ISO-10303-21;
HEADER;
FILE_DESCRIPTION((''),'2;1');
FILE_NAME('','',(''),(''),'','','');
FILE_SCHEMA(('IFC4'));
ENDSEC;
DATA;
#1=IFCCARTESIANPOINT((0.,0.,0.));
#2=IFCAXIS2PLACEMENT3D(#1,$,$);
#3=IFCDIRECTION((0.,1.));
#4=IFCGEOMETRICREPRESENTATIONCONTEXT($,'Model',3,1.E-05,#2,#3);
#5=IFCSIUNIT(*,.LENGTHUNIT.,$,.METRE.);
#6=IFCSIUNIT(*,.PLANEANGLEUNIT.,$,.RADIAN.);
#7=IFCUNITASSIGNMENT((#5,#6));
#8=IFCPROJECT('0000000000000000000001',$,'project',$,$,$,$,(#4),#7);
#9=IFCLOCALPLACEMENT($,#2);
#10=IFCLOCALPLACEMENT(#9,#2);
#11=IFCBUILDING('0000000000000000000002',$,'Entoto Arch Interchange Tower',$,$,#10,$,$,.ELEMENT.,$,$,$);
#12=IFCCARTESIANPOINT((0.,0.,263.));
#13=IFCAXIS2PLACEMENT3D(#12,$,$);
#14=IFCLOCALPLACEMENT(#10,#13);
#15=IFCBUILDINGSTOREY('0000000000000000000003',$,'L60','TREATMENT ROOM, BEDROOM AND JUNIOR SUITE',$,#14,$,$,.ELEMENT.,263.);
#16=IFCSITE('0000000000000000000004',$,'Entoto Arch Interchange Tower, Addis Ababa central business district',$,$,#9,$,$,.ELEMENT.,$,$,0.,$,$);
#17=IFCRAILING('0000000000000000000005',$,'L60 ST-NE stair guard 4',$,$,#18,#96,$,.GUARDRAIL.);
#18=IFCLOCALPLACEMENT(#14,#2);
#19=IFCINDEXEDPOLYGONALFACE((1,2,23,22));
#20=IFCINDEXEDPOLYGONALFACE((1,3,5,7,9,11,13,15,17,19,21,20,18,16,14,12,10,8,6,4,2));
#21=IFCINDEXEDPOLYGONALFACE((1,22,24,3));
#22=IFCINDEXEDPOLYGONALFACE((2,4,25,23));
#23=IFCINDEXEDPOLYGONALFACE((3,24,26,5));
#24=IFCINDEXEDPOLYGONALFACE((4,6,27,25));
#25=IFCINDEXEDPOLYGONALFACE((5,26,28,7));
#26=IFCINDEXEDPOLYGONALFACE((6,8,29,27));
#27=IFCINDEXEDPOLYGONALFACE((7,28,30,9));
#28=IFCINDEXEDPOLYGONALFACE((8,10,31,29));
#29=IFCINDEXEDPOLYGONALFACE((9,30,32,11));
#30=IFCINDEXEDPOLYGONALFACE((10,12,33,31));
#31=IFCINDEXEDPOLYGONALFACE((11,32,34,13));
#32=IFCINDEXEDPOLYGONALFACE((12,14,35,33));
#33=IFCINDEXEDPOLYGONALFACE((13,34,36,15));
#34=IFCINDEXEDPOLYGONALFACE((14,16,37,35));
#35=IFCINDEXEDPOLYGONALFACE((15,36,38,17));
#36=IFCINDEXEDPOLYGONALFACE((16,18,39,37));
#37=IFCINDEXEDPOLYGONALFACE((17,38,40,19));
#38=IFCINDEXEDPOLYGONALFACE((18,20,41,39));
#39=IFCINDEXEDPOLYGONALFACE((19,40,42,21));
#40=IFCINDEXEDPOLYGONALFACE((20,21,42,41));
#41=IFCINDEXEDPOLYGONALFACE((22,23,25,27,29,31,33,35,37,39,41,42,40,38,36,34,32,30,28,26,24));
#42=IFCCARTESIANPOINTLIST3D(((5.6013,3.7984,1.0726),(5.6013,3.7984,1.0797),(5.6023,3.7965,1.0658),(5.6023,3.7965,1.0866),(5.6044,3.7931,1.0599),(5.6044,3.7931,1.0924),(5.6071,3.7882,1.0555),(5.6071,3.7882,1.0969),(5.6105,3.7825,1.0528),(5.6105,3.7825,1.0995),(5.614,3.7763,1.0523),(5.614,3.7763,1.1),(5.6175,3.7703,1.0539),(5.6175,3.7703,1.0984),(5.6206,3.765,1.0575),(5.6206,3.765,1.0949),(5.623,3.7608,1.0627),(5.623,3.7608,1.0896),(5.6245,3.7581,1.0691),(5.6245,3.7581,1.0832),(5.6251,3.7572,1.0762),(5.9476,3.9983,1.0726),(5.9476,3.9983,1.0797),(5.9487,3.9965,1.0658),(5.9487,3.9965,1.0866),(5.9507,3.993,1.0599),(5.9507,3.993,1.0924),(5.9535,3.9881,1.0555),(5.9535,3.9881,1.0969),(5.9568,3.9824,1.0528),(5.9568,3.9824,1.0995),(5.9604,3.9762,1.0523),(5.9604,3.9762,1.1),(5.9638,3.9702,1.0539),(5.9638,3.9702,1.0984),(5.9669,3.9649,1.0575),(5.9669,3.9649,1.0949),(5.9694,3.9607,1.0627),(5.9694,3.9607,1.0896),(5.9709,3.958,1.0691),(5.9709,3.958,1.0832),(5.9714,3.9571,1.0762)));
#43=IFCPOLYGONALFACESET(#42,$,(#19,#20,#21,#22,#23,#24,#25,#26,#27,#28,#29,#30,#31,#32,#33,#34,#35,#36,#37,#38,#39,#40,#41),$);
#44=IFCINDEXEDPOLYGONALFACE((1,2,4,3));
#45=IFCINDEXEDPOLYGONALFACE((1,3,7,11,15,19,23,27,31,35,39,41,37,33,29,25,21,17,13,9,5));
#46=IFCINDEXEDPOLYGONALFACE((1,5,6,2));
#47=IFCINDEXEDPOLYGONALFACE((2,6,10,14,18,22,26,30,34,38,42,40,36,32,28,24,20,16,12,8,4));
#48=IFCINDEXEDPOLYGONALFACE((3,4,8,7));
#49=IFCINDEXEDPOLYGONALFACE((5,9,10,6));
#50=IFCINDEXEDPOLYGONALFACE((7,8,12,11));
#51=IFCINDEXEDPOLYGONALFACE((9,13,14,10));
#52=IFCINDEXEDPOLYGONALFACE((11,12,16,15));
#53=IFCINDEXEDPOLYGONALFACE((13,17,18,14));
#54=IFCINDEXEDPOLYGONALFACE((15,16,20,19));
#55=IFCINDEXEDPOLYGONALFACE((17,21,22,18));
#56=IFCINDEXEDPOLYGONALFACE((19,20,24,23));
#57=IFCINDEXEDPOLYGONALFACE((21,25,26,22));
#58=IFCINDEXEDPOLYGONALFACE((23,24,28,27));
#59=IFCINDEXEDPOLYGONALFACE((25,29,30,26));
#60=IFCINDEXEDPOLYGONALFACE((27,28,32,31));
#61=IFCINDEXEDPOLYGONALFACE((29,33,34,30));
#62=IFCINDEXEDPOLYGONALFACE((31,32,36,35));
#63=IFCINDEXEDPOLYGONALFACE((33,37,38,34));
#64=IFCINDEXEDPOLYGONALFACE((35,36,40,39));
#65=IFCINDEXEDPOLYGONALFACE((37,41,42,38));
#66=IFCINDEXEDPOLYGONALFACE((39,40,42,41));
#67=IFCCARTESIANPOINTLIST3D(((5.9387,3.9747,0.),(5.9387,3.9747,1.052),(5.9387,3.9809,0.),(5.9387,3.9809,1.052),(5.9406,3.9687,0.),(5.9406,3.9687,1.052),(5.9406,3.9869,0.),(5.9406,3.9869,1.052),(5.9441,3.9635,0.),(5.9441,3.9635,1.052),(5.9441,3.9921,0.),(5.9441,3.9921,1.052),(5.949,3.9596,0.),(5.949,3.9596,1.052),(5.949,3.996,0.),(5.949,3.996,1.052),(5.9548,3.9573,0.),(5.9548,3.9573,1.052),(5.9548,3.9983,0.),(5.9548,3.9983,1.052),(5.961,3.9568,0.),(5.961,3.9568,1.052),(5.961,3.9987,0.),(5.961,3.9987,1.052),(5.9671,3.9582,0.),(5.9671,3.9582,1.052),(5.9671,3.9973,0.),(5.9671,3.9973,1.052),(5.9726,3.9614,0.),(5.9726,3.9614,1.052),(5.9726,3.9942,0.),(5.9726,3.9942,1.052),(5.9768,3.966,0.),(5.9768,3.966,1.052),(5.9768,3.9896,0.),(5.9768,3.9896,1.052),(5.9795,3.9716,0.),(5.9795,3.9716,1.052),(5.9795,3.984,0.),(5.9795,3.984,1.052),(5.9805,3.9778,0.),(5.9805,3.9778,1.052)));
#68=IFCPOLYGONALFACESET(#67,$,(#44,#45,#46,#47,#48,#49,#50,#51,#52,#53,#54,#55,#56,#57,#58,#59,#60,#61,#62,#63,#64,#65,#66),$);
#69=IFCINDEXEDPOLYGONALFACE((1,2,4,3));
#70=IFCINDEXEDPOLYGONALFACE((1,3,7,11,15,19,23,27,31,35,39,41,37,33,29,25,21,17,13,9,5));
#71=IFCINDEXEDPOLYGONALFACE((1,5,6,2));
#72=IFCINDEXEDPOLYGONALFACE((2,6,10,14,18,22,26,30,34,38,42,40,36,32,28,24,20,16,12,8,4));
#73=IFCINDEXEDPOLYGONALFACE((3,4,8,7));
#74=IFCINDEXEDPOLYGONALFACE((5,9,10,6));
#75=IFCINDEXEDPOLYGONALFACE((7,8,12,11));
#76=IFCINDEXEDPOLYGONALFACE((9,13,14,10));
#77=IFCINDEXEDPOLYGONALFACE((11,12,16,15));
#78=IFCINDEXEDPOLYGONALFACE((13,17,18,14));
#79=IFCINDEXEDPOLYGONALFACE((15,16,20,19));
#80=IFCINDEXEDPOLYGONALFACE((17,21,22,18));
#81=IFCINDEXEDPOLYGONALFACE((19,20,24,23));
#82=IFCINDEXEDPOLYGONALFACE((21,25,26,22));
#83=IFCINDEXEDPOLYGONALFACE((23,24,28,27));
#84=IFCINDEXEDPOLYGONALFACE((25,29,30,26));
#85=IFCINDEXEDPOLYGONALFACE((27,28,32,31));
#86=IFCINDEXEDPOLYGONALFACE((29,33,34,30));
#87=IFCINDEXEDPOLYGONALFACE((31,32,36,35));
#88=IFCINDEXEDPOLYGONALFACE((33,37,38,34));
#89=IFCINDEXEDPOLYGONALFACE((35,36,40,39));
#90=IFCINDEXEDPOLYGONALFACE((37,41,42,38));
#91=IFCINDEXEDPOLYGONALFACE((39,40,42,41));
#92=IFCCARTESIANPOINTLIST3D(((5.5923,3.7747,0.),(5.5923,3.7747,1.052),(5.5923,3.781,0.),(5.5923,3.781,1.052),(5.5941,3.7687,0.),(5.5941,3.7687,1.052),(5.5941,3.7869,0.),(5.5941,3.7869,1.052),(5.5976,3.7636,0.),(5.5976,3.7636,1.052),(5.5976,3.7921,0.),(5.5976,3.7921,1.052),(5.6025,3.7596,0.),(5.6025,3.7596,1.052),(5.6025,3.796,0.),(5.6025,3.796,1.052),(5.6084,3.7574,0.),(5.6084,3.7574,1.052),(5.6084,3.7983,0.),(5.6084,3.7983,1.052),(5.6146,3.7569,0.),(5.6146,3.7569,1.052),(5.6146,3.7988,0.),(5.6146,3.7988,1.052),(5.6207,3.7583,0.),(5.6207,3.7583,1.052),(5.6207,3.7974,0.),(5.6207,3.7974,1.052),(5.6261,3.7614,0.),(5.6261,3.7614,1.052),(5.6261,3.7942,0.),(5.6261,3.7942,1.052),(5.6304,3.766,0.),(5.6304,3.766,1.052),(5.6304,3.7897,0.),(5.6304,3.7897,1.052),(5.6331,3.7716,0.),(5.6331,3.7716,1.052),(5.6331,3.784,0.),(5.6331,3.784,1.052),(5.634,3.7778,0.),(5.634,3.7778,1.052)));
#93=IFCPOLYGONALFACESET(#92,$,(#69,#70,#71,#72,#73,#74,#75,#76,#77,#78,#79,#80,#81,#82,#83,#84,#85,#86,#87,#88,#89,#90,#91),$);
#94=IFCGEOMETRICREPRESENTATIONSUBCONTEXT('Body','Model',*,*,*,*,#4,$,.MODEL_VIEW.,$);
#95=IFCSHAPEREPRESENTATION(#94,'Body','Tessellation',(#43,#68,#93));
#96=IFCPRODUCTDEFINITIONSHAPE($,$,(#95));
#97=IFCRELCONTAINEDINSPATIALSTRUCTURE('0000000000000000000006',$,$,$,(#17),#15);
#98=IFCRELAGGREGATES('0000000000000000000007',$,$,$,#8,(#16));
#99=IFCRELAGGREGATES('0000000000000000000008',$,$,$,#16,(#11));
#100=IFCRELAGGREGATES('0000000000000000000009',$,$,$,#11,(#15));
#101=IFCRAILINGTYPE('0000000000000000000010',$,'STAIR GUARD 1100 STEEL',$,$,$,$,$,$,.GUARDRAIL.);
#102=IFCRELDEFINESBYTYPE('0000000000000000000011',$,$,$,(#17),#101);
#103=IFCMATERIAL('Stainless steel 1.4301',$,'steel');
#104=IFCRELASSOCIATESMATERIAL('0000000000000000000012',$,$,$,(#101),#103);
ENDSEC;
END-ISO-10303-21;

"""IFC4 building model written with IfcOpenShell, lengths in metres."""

from ifc_helpers import new_model, si_unit, direction, frame, origin, origin_2d, place, context, subcontext, project, spatial, circle, extrude, material, type_object, element, save


model = new_model("IFC4")

# Units and contexts
model_context = context("Model", 3, precision=1e-05, world=origin(), true_north=direction((0.0, 1.0)))
body_context = subcontext(model_context, "Body", "Model", "MODEL_VIEW")
ifc_project = project(units=[si_unit("LENGTHUNIT", "METRE"), si_unit("PLANEANGLEUNIT", "RADIAN")], contexts=[model_context])

# Site, building, storey
site_placement = place(None, origin())
site = spatial("IfcSite", under=ifc_project, at=site_placement, Name="Entoto Arch Interchange Tower, Addis Ababa central business district", CompositionType="ELEMENT", RefElevation=0.0)
building_placement = place(site_placement, origin())
building = spatial("IfcBuilding", under=site, at=building_placement, Name="Entoto Arch Interchange Tower", CompositionType="ELEMENT")
storey_placement = place(building_placement, frame((0.0, 0.0, 263.0)))
storey = spatial("IfcBuildingStorey", under=building, at=storey_placement, Name="L60", Description="TREATMENT ROOM, BEDROOM AND JUNIOR SUITE", CompositionType="ELEMENT", Elevation=263.0)

# Railing
ifc_material_1 = material(Name="Stainless steel 1.4301", Category="steel")
railing_type_1 = type_object("IfcRailingType", Name="STAIR GUARD 1100 STEEL", PredefinedType="GUARDRAIL", material=ifc_material_1)
railing_1_placement = place(storey_placement, frame((5.9595, 3.9778, 0.0)))
element("IfcRailing", 1, at=railing_1_placement, inside=storey, type_object=railing_type_1, Name="L60 ST-NE stair guard 4", PredefinedType="GUARDRAIL", context=body_context, shape_type="SweptSolid", body=[
    extrude(circle(Radius=0.0239, at=origin_2d()), frame((0.0, 0.0, 1.0762), z_axis=(-0.866094, -0.499881, 0.0), x_axis=(0.499881, -0.866094, 0.0)), (0.0, 0.0, 1.0), 0.3999),
    extrude(circle(Radius=0.021, at=origin_2d()), origin(), (0.0, 0.0, 1.0), 1.052),
    extrude(circle(Radius=0.021, at=origin_2d()), frame((-0.3464, -0.2, 0.0)), (0.0, 0.0, 1.0), 1.052),
])

save(model, "model.ifc")
